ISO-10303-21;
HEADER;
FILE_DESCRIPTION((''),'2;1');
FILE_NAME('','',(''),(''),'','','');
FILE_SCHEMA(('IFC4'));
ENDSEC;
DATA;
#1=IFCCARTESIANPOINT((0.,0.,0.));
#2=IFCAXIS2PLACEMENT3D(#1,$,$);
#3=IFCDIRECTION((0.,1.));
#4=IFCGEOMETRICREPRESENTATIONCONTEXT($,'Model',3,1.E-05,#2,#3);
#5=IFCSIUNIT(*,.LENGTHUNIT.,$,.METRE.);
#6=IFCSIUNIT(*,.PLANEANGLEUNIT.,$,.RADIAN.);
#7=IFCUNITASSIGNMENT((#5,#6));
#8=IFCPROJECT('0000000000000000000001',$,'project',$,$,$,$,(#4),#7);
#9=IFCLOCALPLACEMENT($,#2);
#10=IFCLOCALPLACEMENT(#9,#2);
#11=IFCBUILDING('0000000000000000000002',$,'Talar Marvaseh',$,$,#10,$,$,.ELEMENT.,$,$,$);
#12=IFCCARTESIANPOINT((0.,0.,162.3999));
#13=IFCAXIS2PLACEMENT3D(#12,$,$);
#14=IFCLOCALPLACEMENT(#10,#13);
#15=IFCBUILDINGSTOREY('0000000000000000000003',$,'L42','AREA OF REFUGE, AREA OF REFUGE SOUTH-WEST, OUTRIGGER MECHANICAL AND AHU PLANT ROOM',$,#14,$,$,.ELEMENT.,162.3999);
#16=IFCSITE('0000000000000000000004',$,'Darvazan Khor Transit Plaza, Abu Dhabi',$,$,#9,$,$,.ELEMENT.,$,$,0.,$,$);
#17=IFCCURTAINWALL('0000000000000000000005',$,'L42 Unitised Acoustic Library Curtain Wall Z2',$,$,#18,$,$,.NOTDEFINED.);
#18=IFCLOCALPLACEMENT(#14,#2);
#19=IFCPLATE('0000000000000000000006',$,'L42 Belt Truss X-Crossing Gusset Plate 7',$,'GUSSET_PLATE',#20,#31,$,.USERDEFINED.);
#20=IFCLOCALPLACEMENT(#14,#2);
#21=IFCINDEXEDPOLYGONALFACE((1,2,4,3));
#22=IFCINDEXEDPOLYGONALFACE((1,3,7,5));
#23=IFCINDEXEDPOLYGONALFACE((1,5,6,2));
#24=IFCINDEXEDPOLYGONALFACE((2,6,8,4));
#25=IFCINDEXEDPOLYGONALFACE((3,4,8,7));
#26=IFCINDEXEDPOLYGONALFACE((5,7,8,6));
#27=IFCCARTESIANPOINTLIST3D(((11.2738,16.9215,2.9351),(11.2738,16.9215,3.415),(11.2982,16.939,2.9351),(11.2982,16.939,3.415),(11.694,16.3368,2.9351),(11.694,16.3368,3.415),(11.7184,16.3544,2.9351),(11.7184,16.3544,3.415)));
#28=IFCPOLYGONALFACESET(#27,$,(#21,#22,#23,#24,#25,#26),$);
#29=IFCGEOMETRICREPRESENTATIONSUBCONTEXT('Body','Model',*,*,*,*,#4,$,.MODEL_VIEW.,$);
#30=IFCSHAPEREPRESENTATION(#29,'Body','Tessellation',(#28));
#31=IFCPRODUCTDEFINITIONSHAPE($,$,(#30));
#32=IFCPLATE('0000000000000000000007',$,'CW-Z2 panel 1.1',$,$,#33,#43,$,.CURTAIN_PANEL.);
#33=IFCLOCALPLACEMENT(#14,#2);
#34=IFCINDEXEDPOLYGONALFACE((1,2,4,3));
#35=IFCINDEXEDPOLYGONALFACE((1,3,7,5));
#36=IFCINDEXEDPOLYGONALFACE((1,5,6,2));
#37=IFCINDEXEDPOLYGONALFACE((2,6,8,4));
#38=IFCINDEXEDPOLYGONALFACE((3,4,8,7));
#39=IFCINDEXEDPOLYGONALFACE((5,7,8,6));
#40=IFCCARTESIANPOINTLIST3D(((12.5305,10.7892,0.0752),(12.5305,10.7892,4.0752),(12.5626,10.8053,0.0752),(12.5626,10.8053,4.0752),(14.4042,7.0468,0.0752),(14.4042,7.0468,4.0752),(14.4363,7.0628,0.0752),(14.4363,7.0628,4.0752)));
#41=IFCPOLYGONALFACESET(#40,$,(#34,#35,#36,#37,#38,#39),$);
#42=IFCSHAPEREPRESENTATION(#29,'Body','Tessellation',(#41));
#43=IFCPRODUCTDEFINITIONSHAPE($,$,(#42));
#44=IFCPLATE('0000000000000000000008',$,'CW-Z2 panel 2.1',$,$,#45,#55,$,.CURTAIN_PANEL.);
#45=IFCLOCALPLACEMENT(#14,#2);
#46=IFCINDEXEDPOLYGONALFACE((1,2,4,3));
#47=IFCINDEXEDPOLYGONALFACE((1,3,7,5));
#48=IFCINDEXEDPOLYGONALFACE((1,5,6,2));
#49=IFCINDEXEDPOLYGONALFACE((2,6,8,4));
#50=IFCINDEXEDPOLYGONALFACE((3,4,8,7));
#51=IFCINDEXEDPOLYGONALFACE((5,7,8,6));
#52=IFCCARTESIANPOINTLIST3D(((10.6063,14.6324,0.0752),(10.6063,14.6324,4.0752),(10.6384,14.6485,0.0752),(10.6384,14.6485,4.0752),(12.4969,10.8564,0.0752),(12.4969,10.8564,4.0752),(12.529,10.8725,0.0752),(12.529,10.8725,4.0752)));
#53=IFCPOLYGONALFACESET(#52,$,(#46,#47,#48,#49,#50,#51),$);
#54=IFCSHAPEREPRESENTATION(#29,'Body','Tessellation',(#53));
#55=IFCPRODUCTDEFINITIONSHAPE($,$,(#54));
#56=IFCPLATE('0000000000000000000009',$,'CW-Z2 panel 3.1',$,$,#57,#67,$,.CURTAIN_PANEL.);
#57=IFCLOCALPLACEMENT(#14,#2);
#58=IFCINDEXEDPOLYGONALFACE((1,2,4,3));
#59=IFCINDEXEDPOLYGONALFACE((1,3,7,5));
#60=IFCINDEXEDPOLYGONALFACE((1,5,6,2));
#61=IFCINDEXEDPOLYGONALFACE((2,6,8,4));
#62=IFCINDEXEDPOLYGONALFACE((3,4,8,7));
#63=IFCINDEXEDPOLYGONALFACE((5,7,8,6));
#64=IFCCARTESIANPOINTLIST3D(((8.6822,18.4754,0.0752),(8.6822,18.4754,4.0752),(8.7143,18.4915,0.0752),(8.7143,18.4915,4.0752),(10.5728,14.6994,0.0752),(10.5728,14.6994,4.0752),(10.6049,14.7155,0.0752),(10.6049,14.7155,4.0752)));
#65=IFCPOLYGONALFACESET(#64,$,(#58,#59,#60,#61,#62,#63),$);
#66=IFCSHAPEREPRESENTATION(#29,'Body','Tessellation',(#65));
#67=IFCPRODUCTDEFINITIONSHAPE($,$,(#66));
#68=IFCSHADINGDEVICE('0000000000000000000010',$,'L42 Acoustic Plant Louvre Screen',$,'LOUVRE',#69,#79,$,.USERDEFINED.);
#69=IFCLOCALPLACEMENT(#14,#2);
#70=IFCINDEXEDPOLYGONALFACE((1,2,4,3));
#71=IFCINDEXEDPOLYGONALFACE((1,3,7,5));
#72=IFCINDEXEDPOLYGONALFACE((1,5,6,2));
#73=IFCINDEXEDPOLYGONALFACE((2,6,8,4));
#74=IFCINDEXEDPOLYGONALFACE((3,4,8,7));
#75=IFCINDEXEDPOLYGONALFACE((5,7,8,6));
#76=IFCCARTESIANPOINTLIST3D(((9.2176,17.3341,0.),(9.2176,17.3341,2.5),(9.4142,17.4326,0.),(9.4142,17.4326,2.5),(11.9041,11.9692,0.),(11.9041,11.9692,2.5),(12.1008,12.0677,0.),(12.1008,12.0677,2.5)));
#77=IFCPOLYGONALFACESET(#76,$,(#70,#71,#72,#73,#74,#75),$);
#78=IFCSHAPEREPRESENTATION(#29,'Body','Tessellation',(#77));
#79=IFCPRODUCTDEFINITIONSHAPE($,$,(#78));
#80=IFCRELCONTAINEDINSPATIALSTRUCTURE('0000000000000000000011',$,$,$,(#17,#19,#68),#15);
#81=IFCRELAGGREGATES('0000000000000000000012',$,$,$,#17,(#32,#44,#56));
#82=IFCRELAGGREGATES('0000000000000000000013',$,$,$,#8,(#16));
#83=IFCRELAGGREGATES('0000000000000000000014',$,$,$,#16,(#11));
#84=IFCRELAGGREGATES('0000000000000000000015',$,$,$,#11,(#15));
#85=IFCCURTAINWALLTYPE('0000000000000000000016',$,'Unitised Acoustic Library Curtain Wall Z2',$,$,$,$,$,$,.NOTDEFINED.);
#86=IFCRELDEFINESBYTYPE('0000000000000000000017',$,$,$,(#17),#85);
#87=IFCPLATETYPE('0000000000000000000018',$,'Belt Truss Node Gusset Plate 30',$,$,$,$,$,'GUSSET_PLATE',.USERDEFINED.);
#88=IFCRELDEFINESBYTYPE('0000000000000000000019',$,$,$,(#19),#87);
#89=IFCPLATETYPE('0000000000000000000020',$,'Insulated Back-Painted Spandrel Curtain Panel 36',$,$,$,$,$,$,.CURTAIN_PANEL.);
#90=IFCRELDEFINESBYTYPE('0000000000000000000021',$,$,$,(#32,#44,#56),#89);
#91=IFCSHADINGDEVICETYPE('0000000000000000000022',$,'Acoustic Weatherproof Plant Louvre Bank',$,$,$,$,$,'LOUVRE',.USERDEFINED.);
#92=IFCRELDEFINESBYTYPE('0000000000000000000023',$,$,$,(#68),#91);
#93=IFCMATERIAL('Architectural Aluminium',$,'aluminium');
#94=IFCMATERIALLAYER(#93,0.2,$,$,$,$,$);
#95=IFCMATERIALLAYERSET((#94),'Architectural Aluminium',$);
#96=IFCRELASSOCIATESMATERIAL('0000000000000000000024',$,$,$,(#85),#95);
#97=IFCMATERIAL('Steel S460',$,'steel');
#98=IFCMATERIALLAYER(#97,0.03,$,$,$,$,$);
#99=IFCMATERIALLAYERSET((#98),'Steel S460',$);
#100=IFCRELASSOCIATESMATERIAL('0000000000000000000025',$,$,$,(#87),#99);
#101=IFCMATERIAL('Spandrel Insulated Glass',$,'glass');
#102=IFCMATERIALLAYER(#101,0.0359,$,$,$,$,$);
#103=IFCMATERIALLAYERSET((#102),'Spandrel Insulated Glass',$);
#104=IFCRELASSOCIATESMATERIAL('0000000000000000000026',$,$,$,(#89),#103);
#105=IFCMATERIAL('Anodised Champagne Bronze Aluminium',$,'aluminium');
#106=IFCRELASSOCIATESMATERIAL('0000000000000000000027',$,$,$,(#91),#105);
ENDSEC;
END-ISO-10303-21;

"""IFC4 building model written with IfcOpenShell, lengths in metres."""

from ifc_helpers import new_model, si_unit, direction, frame, origin, origin_2d, place, context, subcontext, project, spatial, rectangle, extrude, source, transform, mapped, material, layer, layer_set, type_object, type_shapes, element, aggregate, save


model = new_model("IFC4")

# Units and contexts
model_context = context("Model", 3, precision=1e-05, world=origin(), true_north=direction((0.0, 1.0)))
body_context = subcontext(model_context, "Body", "Model", "MODEL_VIEW")
ifc_project = project(units=[si_unit("LENGTHUNIT", "METRE"), si_unit("PLANEANGLEUNIT", "RADIAN")], contexts=[model_context])

# Site, building, storey
site_placement = place(None, origin())
site = spatial("IfcSite", under=ifc_project, at=site_placement, Name="Darvazan Khor Transit Plaza, Abu Dhabi", CompositionType="ELEMENT", RefElevation=0.0)
building_placement = place(site_placement, origin())
building = spatial("IfcBuilding", under=site, at=building_placement, Name="Talar Marvaseh", CompositionType="ELEMENT")
storey_placement = place(building_placement, frame((0.0, 0.0, 162.3999)))
storey = spatial("IfcBuildingStorey", under=building, at=storey_placement, Name="L42", Description="AREA OF REFUGE, AREA OF REFUGE SOUTH-WEST, OUTRIGGER MECHANICAL AND AHU PLANT ROOM", CompositionType="ELEMENT", Elevation=162.3999)

# Shared definitions
ifc_material_1 = material(Name="Steel S460", Category="steel")

# Curtain wall
ifc_material_2 = material(Name="Architectural Aluminium", Category="aluminium")
ifc_layer_1 = layer(ifc_material_2, 0.2)
ifc_layer_set_1 = layer_set([ifc_layer_1], Name="Architectural Aluminium")
curtain_wall_type = type_object("IfcCurtainWallType", Name="Unitised Acoustic Library Curtain Wall Z2", PredefinedType="NOTDEFINED", material=ifc_layer_set_1)
curtain_wall_placement = place(storey_placement, origin())
curtain_wall = element("IfcCurtainWall", 1, at=curtain_wall_placement, inside=storey, type_object=curtain_wall_type, Name="L42 Unitised Acoustic Library Curtain Wall Z2", PredefinedType="NOTDEFINED")

# Plate
ifc_layer_2 = layer(ifc_material_1, 0.03)
ifc_layer_set_2 = layer_set([ifc_layer_2], Name="Steel S460")
plate_type_1 = type_object("IfcPlateType", Name="Belt Truss Node Gusset Plate 30", ElementType="GUSSET_PLATE", PredefinedType="USERDEFINED", material=ifc_layer_set_2)
shared_shape_1 = source(origin(), body_context, "Body", "SweptSolid", [
    extrude(rectangle(XDim=0.72, YDim=0.03, at=origin_2d()), origin(), (0.0, 0.0, 1.0), 0.48),
])
type_shapes(plate_type_1, [shared_shape_1])
plate_1_placement = place(storey_placement, frame((11.4961, 16.6379, 2.9351), z_axis=(0.0, 0.0, 1.0), x_axis=(-0.583541, 0.812084, 0.0)))
element("IfcPlate", 2, at=plate_1_placement, inside=storey, type_object=plate_type_1, Name="L42 Belt Truss X-Crossing Gusset Plate 7", ObjectType="GUSSET_PLATE", PredefinedType="USERDEFINED", context=body_context, shape_type="MappedRepresentation", body=[
    mapped(shared_shape_1, transform((0.0, 0.0, 0.0), x_axis=(1.0, 0.0, 0.0), y_axis=(0.0, 1.0, 0.0), z_axis=(0.0, 0.0, 1.0), scale=1.0)),
])

# Plates
ifc_material_3 = material(Name="Spandrel Insulated Glass", Category="glass")
ifc_layer_3 = layer(ifc_material_3, 0.0359)
ifc_layer_set_3 = layer_set([ifc_layer_3], Name="Spandrel Insulated Glass")
plate_type_2 = type_object("IfcPlateType", Name="Insulated Back-Painted Spandrel Curtain Panel 36", PredefinedType="CURTAIN_PANEL", material=ifc_layer_set_3)
shared_shape_2 = source(origin(), body_context, "Body", "SweptSolid", [
    extrude(rectangle(XDim=4.1853, YDim=0.0359, at=origin_2d()), origin(), (0.0, 0.0, 1.0), 4.0),
])
plate_2_placement = place(storey_placement, frame((13.4834, 8.926, 0.0752), z_axis=(0.0, 0.0, 1.0), x_axis=(-0.447702, 0.894183, 0.0)))
plate_2 = element("IfcPlate", 3, at=plate_2_placement, type_object=plate_type_2, Name="CW-Z2 panel 1.1", PredefinedType="CURTAIN_PANEL", context=body_context, shape_type="MappedRepresentation", body=[
    mapped(shared_shape_2, transform((0.0, 0.0, 0.0), x_axis=(1.0, 0.0, 0.0), y_axis=(0.0, 1.0, 0.0), z_axis=(0.0, 0.0, 1.0), scale=1.0)),
])
shared_shape_3 = source(origin(), body_context, "Body", "SweptSolid", [
    extrude(rectangle(XDim=4.2229, YDim=0.0359, at=origin_2d()), origin(), (0.0, 0.0, 1.0), 4.0),
])
type_shapes(plate_type_2, [shared_shape_2, shared_shape_3])
plate_3_placement = place(storey_placement, frame((11.5676, 12.7524, 0.0752), z_axis=(0.0, 0.0, 1.0), x_axis=(-0.447702, 0.894183, 0.0)))
plate_3 = element("IfcPlate", 4, at=plate_3_placement, type_object=plate_type_2, Name="CW-Z2 panel 2.1", PredefinedType="CURTAIN_PANEL", context=body_context, shape_type="MappedRepresentation", body=[
    mapped(shared_shape_3, transform((0.0, 0.0, 0.0), x_axis=(1.0, 0.0, 0.0), y_axis=(0.0, 1.0, 0.0), z_axis=(0.0, 0.0, 1.0), scale=1.0)),
])
plate_4_placement = place(storey_placement, frame((9.6436, 16.5955, 0.0752), z_axis=(0.0, 0.0, 1.0), x_axis=(-0.447702, 0.894183, 0.0)))
plate_4 = element("IfcPlate", 5, at=plate_4_placement, type_object=plate_type_2, Name="CW-Z2 panel 3.1", PredefinedType="CURTAIN_PANEL", context=body_context, shape_type="MappedRepresentation", body=[
    mapped(shared_shape_3, transform((0.0, 0.0, 0.0), x_axis=(1.0, 0.0, 0.0), y_axis=(0.0, 1.0, 0.0), z_axis=(0.0, 0.0, 1.0), scale=1.0)),
])
aggregate(curtain_wall, [plate_2, plate_3, plate_4])

# Shading device
ifc_material_4 = material(Name="Anodised Champagne Bronze Aluminium", Category="aluminium")
shading_device_type = type_object("IfcShadingDeviceType", Name="Acoustic Weatherproof Plant Louvre Bank", ElementType="LOUVRE", PredefinedType="USERDEFINED", material=ifc_material_4)
shared_shape_4 = source(origin(), body_context, "Body", "SweptSolid", [
    extrude(rectangle(XDim=6.0, YDim=0.22, at=origin_2d()), origin(), (0.0, 0.0, 1.0), 2.5),
])
type_shapes(shading_device_type, [shared_shape_4])
shading_device_placement = place(storey_placement, frame((10.6592, 14.7009, 0.0), z_axis=(0.0, 0.0, 1.0), x_axis=(-0.447759, 0.894154, 0.0)))
element("IfcShadingDevice", 6, at=shading_device_placement, inside=storey, type_object=shading_device_type, Name="L42 Acoustic Plant Louvre Screen", ObjectType="LOUVRE", PredefinedType="USERDEFINED", context=body_context, shape_type="MappedRepresentation", body=[
    mapped(shared_shape_4, transform((0.0, 0.0, 0.0), x_axis=(1.0, 0.0, 0.0), y_axis=(0.0, 1.0, 0.0), z_axis=(0.0, 0.0, 1.0), scale=1.0)),
])

save(model, "model.ifc")
